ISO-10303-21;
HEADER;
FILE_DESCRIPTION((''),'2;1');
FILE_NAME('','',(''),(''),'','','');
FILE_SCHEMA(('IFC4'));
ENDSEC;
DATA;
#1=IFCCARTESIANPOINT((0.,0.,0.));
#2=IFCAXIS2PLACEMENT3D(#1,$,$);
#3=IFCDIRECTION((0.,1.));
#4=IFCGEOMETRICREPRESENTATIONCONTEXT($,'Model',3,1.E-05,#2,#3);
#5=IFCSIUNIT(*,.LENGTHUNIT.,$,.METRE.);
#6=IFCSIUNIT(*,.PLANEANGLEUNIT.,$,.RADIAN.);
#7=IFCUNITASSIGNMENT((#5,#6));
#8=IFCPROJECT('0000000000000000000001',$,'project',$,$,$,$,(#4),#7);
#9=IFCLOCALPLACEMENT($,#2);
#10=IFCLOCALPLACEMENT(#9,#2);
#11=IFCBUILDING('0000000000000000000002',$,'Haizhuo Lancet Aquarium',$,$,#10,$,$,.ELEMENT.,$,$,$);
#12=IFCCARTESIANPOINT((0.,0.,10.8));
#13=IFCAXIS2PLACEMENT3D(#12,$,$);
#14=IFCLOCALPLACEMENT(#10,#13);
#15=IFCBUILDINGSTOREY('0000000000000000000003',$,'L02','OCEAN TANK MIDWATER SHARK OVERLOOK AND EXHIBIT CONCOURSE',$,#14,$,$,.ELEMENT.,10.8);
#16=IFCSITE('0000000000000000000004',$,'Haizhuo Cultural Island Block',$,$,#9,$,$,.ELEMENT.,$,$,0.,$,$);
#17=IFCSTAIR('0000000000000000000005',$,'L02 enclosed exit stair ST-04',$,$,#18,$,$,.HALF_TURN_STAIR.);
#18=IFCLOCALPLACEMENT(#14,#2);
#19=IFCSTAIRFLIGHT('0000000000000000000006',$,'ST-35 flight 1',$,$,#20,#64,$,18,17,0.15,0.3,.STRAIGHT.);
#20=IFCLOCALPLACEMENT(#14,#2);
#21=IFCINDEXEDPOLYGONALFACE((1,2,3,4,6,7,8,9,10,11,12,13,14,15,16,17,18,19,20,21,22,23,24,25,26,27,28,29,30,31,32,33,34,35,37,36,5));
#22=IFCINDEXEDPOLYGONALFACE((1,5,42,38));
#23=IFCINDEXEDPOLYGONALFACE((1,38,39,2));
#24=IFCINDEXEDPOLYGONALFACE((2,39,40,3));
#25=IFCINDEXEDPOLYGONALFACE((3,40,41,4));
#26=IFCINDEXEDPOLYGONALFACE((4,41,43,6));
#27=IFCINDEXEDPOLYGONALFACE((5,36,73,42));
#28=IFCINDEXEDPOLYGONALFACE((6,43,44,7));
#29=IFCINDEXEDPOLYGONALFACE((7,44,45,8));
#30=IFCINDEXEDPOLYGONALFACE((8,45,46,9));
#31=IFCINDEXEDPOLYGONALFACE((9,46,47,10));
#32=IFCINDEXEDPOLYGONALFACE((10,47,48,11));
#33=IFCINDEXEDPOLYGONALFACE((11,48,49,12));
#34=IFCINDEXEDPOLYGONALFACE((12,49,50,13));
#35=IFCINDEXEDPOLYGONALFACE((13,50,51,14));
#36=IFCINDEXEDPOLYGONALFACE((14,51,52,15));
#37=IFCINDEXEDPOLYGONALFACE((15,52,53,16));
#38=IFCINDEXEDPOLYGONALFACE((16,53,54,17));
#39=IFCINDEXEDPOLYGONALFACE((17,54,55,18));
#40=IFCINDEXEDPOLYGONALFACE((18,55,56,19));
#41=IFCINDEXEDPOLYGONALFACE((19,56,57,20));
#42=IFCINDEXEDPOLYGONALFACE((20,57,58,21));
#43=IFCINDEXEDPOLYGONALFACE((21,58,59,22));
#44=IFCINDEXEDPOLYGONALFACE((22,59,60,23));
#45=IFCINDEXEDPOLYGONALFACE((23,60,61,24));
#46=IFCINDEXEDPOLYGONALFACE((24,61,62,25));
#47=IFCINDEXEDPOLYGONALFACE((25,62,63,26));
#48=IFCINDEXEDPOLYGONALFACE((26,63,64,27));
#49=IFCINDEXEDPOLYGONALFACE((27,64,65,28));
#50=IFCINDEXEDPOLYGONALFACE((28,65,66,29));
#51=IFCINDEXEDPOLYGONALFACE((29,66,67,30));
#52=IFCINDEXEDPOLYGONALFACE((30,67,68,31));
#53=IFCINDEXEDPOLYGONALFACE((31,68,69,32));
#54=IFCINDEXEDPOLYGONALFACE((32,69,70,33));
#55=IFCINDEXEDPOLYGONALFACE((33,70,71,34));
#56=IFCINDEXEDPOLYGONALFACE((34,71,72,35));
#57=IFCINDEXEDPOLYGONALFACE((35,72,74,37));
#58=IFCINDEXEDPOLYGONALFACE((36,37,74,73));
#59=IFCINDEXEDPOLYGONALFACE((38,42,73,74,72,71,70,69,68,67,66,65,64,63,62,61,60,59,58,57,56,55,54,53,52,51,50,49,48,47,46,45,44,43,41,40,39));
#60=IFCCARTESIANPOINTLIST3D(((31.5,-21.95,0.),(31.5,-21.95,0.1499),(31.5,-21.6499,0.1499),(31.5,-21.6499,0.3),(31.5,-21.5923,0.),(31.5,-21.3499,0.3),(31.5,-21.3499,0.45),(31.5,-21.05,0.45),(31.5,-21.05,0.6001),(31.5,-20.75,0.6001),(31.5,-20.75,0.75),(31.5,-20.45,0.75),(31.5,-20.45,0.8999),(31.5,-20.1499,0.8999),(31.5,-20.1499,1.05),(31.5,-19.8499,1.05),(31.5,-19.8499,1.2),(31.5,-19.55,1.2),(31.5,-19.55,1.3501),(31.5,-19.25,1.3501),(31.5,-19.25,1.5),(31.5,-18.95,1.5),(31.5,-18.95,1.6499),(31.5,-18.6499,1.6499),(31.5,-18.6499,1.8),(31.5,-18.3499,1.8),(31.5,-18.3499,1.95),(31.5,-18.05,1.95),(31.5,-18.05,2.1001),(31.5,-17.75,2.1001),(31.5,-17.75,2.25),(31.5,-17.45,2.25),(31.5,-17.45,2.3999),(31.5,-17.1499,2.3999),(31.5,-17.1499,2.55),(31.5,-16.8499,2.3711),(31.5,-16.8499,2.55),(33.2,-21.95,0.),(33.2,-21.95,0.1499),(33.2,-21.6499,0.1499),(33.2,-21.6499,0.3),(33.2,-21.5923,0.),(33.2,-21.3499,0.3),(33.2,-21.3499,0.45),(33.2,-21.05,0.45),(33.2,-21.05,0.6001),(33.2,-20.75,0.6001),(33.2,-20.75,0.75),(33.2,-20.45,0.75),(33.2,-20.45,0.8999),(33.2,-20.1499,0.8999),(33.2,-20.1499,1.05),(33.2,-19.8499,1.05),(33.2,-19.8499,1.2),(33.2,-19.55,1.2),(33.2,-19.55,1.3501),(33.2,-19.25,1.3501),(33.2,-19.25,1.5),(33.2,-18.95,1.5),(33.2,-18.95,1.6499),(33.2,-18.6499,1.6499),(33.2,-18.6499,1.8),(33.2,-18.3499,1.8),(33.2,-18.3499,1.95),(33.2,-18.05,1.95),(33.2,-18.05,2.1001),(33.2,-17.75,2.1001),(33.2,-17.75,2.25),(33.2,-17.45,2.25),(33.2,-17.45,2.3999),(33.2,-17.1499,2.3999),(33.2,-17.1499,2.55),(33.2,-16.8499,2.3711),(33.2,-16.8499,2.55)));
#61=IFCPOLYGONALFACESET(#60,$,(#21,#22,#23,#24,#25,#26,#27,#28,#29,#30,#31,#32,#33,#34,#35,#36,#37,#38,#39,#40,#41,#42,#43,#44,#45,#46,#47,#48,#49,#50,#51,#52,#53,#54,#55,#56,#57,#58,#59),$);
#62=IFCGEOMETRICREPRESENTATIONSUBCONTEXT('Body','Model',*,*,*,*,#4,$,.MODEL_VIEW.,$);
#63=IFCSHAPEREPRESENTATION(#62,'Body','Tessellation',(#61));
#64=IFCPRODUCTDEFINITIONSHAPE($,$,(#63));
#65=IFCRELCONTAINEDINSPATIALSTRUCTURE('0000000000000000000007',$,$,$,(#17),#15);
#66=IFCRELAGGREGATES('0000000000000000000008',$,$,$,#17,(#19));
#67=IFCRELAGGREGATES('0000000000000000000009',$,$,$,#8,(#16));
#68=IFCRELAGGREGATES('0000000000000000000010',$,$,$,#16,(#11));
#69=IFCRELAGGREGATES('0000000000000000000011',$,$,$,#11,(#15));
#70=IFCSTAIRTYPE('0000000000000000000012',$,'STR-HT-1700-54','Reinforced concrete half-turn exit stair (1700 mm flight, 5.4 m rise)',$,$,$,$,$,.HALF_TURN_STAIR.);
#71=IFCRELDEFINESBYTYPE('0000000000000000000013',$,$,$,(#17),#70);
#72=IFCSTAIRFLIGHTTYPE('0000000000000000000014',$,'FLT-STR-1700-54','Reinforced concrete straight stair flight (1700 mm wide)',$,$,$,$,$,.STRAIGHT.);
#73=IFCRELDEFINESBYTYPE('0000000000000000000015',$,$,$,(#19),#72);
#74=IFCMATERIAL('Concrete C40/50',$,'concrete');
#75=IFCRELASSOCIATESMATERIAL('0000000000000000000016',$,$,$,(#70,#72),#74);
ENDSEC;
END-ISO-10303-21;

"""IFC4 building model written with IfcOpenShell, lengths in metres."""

from ifc_helpers import new_model, si_unit, direction, frame, origin, place, context, subcontext, project, spatial, polyline, outline, extrude, material, type_object, element, aggregate, save


model = new_model("IFC4")

# Units and contexts
model_context = context("Model", 3, precision=1e-05, world=origin(), true_north=direction((0.0, 1.0)))
body_context = subcontext(model_context, "Body", "Model", "MODEL_VIEW")
ifc_project = project(units=[si_unit("LENGTHUNIT", "METRE"), si_unit("PLANEANGLEUNIT", "RADIAN")], contexts=[model_context])

# Site, building, storey
site_placement = place(None, origin())
site = spatial("IfcSite", under=ifc_project, at=site_placement, Name="Haizhuo Cultural Island Block", CompositionType="ELEMENT", RefElevation=0.0)
building_placement = place(site_placement, origin())
building = spatial("IfcBuilding", under=site, at=building_placement, Name="Haizhuo Lancet Aquarium", CompositionType="ELEMENT")
storey_placement = place(building_placement, frame((0.0, 0.0, 10.8)))
storey = spatial("IfcBuildingStorey", under=building, at=storey_placement, Name="L02", Description="OCEAN TANK MIDWATER SHARK OVERLOOK AND EXHIBIT CONCOURSE", CompositionType="ELEMENT", Elevation=10.8)

# Shared definitions
ifc_material_1 = material(Name="Concrete C40/50", Category="concrete")

# Stair, stair flight
stair_type = type_object("IfcStairType", Name="STR-HT-1700-54", Description="Reinforced concrete half-turn exit stair (1700 mm flight, 5.4 m rise)", PredefinedType="HALF_TURN_STAIR", material=ifc_material_1)
stair_placement = place(storey_placement, origin())
stair = element("IfcStair", 1, at=stair_placement, inside=storey, type_object=stair_type, Name="L02 enclosed exit stair ST-04", PredefinedType="HALF_TURN_STAIR")
stair_flight_type = type_object("IfcStairFlightType", Name="FLT-STR-1700-54", Description="Reinforced concrete straight stair flight (1700 mm wide)", PredefinedType="STRAIGHT", material=ifc_material_1)
stair_flight_placement = place(storey_placement, frame((32.3501, -21.95, 0.0), z_axis=(0.0, 0.0, 1.0), x_axis=(0.0, 1.0, 0.0)))
stair_flight = element("IfcStairFlight", 2, at=stair_flight_placement, type_object=stair_flight_type, Name="ST-35 flight 1", NumberOfRisers=18, NumberOfTreads=17, PredefinedType="STRAIGHT", RiserHeight=0.15, TreadLength=0.3, context=body_context, shape_type="SweptSolid", body=[
    extrude(outline(polyline([(0.0, 0.0), (0.0, 0.1499), (0.3, 0.1499), (0.3, 0.3), (0.6001, 0.3), (0.6001, 0.45), (0.8999, 0.45), (0.8999, 0.6001), (1.2, 0.6001), (1.2, 0.75), (1.5, 0.75), (1.5, 0.8999), (1.8, 0.8999), (1.8, 1.05), (2.1001, 1.05), (2.1001, 1.2), (2.3999, 1.2), (2.3999, 1.3501), (2.7, 1.3501), (2.7, 1.5), (3.0, 1.5), (3.0, 1.6499), (3.3, 1.6499), (3.3, 1.8), (3.6001, 1.8), (3.6001, 1.95), (3.8999, 1.95), (3.8999, 2.1001), (4.2, 2.1001), (4.2, 2.25), (4.5, 2.25), (4.5, 2.3999), (4.8, 2.3999), (4.8, 2.55), (5.1001, 2.55), (5.1001, 2.7), (5.1001, 2.3711), (0.3577, 0.0), (0.0, 0.0)])), frame((0.0, 0.8501, 0.0), z_axis=(0.0, -1.0, 0.0), x_axis=(1.0, 0.0, 0.0)), (0.0, 0.0, 1.0), 1.7),
])
aggregate(stair, [stair_flight])

save(model, "model.ifc")
